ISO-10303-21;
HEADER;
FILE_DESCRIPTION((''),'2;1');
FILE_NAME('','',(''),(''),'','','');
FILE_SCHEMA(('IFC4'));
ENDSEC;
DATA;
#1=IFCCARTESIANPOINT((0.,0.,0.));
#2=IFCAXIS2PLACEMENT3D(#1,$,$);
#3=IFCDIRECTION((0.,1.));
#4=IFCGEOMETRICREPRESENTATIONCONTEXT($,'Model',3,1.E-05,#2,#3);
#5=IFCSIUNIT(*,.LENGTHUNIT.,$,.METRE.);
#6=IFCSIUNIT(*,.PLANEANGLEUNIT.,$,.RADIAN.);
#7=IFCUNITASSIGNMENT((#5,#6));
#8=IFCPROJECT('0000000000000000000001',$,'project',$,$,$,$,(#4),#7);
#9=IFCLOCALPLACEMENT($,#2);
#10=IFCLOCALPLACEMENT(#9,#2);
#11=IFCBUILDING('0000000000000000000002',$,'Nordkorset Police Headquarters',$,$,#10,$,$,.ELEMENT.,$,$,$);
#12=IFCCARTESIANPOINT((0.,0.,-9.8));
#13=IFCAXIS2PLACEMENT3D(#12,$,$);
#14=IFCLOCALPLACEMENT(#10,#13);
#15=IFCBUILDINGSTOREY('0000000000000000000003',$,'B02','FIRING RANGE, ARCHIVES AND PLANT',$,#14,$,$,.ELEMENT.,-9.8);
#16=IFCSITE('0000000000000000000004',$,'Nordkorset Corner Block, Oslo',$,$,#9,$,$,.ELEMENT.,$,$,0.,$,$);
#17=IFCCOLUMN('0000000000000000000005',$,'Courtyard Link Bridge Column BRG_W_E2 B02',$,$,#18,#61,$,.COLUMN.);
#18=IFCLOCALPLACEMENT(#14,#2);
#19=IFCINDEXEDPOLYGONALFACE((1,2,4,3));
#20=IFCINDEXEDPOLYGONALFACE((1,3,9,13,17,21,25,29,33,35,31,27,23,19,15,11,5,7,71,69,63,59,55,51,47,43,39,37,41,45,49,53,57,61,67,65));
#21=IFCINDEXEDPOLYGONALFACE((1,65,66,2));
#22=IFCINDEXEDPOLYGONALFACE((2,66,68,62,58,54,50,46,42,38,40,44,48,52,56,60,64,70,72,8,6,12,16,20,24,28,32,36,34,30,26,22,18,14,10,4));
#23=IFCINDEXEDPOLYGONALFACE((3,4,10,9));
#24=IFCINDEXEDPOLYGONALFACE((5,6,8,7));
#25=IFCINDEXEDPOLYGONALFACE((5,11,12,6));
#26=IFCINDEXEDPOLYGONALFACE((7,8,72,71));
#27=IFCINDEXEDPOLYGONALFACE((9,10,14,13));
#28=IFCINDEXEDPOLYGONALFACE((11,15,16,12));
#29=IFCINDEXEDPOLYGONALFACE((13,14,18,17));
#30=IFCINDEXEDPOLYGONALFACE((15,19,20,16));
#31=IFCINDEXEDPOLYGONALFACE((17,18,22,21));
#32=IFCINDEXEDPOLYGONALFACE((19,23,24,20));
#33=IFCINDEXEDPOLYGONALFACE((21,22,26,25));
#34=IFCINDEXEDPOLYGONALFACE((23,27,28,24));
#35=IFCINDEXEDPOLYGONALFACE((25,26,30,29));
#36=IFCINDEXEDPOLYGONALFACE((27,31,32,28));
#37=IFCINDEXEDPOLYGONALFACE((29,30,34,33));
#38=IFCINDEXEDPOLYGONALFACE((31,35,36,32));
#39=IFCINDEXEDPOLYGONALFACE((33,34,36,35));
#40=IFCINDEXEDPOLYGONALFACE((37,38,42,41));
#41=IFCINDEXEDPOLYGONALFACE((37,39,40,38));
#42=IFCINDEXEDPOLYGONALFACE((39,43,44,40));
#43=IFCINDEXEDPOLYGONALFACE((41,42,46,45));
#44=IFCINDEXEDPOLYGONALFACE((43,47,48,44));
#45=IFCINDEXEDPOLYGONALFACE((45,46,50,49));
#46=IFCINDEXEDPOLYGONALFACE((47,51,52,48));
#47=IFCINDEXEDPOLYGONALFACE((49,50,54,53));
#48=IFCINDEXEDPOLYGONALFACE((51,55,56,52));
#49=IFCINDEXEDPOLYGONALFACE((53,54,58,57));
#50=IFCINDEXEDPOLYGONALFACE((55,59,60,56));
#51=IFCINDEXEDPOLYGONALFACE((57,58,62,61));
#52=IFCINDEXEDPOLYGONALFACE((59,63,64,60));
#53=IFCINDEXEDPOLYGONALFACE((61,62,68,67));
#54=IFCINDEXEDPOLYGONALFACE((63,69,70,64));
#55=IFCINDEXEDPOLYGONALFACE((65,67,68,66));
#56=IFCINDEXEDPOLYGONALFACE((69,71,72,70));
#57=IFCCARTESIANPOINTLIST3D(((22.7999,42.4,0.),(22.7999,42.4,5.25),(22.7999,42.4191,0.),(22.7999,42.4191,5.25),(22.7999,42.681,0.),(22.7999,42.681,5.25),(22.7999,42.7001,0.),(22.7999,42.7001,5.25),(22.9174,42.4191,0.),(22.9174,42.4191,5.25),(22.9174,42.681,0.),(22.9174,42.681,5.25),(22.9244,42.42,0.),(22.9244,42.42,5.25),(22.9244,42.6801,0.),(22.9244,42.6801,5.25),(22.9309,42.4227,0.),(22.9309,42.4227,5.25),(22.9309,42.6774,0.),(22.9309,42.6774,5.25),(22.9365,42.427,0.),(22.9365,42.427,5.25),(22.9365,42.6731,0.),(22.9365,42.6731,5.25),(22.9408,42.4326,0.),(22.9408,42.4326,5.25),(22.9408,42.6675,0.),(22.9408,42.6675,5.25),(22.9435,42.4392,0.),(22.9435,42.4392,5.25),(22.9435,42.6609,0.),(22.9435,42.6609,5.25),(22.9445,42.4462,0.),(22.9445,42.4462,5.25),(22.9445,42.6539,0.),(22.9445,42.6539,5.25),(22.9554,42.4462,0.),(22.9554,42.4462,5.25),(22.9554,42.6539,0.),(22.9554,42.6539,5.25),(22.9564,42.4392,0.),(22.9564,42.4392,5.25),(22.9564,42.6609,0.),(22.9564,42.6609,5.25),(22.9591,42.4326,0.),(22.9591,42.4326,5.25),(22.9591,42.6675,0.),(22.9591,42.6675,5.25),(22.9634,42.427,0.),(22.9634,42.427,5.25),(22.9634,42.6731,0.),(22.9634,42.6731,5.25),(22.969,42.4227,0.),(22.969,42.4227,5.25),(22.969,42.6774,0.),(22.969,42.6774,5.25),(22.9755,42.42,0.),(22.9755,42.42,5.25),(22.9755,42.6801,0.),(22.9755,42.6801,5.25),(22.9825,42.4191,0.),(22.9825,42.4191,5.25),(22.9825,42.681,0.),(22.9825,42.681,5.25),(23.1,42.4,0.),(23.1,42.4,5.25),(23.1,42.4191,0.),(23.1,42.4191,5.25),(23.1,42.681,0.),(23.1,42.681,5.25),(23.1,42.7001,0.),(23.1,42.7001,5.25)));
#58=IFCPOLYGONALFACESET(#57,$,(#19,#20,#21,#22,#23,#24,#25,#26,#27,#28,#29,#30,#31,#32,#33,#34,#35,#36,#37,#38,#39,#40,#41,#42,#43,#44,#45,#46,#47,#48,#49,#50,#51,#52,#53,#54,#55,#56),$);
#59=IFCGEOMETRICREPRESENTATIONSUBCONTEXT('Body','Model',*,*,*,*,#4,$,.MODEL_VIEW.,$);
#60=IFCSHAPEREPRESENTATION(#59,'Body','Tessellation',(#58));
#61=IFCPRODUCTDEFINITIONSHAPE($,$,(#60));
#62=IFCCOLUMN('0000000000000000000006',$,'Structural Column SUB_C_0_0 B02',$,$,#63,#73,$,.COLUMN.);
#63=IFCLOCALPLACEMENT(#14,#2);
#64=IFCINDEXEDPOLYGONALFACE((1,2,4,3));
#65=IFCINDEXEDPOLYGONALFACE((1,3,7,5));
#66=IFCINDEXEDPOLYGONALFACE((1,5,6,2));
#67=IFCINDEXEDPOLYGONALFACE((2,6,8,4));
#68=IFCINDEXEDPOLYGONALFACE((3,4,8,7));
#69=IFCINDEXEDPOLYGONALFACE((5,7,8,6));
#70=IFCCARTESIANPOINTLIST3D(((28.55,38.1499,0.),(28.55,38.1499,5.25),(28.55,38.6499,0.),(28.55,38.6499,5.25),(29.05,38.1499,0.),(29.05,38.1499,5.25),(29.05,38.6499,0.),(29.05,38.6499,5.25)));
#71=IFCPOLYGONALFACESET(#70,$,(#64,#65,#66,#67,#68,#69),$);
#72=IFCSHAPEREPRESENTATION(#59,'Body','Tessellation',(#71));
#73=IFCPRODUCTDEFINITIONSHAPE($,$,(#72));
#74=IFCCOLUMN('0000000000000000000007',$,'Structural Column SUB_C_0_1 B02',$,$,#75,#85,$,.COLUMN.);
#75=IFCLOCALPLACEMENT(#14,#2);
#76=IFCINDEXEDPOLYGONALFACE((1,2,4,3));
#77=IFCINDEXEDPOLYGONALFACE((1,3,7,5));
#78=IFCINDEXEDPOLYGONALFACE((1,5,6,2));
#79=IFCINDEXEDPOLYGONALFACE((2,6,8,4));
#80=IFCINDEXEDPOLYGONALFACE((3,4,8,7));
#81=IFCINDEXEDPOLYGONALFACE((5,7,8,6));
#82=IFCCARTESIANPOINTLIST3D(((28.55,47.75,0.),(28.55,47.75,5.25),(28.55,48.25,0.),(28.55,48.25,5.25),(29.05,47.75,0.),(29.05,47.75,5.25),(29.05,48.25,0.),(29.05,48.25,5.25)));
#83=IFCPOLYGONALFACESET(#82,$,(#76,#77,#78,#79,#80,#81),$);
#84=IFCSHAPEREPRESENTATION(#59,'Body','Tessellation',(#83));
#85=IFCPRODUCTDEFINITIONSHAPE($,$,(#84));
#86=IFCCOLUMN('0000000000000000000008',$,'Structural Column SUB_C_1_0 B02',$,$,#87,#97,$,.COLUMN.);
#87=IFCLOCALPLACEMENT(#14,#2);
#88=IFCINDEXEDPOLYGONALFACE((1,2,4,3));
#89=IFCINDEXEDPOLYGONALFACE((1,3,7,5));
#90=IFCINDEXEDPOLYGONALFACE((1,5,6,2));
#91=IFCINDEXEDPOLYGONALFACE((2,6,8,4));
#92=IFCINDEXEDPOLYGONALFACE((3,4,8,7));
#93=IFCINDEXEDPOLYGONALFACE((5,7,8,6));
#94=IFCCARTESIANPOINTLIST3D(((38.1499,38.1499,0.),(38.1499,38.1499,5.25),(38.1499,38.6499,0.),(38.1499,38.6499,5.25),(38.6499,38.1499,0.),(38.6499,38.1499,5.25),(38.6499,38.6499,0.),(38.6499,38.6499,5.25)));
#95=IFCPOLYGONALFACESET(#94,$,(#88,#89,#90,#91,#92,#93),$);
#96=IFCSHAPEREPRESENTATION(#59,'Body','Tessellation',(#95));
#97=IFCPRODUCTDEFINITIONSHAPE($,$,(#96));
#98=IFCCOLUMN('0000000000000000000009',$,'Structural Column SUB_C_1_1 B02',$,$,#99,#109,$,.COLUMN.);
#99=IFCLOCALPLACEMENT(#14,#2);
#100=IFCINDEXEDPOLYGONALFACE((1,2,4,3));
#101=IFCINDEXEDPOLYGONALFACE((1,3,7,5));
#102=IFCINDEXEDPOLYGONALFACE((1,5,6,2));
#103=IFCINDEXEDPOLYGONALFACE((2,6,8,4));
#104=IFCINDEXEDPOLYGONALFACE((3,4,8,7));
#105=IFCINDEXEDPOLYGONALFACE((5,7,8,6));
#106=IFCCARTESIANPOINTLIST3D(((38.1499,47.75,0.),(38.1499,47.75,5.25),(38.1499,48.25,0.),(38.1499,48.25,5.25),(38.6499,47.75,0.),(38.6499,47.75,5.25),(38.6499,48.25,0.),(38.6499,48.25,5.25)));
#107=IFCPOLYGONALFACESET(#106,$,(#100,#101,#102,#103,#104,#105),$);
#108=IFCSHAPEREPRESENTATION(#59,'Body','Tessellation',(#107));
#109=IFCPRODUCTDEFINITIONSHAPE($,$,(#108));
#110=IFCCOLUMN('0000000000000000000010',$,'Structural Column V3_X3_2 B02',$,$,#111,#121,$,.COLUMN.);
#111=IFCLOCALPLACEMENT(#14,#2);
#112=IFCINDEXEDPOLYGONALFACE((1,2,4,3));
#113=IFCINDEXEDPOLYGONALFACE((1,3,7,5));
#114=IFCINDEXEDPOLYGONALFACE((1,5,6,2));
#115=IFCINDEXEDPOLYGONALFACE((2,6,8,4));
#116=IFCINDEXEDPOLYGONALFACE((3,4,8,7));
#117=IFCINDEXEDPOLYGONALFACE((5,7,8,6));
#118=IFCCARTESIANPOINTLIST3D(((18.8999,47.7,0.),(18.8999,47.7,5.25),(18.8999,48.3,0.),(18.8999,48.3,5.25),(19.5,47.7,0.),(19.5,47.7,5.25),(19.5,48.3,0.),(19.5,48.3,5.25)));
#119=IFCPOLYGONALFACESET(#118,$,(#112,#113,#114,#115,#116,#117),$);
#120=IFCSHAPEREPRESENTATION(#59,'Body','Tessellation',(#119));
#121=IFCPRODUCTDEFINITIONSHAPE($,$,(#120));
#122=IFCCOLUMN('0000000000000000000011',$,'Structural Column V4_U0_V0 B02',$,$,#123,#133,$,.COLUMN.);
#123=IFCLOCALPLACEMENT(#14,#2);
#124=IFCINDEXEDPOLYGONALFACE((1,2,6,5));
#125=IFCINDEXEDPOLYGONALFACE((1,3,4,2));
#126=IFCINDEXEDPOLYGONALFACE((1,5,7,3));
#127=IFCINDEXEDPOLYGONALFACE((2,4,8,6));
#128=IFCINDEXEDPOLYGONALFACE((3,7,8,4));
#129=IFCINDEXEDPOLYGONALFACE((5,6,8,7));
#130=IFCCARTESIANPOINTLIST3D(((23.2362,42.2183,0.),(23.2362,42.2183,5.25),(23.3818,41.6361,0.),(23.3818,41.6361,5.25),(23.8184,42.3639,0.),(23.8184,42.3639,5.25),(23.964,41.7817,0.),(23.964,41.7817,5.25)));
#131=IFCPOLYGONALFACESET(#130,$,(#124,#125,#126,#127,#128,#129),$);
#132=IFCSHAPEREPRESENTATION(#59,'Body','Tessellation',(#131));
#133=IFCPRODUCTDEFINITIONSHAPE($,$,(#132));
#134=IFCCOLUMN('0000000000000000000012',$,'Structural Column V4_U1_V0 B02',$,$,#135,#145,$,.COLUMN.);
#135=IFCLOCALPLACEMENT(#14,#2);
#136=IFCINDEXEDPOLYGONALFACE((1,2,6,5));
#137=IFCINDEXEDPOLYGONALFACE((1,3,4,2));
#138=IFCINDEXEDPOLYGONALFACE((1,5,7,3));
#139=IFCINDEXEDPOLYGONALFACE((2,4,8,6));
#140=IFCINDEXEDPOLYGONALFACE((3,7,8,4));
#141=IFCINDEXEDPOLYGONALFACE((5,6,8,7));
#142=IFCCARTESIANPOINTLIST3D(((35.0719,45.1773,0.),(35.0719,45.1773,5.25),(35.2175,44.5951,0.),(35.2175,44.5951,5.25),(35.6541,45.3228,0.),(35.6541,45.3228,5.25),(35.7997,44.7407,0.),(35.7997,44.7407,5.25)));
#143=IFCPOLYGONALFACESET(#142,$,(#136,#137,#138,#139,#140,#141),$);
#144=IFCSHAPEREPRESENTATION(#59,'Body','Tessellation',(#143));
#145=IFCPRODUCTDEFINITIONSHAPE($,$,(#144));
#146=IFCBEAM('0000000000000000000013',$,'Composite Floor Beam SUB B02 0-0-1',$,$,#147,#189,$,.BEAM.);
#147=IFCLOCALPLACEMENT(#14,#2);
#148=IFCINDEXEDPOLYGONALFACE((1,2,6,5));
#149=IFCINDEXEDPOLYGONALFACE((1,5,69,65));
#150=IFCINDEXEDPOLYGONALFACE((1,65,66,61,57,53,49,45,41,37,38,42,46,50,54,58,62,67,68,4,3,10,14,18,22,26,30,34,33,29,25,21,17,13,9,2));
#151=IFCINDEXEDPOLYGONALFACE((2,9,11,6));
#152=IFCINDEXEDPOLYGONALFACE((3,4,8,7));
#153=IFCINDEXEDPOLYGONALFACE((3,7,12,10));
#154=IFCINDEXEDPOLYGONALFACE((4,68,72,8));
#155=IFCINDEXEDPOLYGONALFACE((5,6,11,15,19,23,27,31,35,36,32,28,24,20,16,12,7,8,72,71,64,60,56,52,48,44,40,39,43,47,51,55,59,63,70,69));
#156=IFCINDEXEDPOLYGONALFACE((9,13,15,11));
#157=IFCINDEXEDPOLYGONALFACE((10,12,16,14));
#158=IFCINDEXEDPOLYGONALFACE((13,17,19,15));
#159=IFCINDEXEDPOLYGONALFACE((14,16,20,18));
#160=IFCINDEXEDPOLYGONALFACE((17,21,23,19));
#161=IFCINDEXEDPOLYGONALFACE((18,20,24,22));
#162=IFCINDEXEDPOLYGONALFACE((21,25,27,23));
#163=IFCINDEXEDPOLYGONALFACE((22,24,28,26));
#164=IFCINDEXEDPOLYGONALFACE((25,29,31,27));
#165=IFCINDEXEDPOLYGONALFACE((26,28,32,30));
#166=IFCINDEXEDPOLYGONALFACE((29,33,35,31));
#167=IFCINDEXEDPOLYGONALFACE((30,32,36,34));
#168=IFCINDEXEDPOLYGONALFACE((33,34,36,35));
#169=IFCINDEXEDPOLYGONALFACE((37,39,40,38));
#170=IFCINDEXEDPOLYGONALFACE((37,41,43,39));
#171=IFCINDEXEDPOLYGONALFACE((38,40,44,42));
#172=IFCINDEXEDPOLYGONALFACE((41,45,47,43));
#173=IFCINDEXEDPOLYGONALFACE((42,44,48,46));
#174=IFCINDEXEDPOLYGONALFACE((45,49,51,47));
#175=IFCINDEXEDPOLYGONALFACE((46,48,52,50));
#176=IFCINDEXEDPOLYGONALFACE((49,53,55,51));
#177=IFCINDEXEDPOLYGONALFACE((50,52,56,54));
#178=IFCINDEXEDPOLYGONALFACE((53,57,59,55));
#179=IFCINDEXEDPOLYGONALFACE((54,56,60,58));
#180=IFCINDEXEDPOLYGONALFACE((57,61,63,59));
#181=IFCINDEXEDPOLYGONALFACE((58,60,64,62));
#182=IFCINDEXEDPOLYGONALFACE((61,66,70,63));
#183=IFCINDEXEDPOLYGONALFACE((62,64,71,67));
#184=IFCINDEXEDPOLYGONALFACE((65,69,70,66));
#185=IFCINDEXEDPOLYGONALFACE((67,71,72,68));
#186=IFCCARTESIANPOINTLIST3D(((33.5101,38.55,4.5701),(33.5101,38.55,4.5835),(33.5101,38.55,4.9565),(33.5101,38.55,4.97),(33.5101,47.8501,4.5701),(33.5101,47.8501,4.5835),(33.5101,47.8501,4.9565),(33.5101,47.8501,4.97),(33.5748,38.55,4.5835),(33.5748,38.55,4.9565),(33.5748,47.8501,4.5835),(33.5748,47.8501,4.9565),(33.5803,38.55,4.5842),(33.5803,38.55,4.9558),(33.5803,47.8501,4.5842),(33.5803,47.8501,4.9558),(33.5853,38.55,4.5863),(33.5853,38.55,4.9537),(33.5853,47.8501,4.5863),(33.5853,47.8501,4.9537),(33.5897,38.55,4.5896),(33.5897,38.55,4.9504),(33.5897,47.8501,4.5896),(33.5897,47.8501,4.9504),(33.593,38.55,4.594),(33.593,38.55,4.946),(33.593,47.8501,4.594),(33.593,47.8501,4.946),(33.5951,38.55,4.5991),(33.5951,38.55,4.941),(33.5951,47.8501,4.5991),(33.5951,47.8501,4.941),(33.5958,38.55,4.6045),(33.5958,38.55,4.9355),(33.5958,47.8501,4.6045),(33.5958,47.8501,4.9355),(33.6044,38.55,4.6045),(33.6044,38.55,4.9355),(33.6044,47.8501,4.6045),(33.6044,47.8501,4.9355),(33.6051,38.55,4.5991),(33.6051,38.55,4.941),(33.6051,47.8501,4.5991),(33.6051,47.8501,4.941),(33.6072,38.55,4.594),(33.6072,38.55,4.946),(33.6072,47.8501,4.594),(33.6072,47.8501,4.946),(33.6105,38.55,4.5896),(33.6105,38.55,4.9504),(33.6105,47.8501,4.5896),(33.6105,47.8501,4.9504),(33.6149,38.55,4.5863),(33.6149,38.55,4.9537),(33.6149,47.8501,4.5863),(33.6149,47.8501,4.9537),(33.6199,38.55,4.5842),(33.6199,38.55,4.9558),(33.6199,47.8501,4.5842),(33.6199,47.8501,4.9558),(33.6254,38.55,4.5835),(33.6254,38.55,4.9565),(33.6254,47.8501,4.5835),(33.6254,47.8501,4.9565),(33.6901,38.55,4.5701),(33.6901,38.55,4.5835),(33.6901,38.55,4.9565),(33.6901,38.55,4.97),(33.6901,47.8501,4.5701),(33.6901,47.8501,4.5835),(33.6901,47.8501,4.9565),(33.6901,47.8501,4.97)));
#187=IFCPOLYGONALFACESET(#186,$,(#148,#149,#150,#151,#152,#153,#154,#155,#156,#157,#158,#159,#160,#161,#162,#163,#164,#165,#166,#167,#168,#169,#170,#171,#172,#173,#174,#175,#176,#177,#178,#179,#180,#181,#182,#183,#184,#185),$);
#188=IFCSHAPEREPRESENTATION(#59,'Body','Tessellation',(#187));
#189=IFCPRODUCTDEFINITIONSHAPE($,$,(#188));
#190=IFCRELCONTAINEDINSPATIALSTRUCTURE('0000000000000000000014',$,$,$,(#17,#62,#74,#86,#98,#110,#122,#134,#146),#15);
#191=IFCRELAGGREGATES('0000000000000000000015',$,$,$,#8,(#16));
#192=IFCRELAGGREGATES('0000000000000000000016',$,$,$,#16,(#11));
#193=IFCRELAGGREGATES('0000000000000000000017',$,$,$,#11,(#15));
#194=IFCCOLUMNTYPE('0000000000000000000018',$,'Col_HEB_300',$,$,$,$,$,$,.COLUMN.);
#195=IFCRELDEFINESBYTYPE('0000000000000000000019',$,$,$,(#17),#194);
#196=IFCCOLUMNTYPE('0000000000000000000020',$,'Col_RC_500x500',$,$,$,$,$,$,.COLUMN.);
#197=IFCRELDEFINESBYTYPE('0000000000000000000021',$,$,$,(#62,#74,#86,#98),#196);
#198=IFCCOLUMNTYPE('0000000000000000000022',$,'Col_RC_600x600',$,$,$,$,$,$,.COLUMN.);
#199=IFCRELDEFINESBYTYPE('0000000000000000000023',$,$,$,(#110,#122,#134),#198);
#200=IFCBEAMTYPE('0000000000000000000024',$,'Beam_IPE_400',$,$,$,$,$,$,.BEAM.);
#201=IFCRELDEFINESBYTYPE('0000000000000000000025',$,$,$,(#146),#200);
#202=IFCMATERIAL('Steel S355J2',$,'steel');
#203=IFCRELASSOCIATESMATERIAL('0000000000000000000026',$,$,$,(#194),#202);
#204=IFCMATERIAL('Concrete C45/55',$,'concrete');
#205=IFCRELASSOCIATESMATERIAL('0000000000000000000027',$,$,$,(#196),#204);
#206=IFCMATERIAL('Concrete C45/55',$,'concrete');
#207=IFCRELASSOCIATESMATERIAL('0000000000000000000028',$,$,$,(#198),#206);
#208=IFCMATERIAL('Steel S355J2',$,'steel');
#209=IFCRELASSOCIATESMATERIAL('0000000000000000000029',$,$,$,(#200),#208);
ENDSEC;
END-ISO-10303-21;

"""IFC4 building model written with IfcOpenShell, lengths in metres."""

from ifc_helpers import new_model, si_unit, direction, frame, origin, origin_2d, place, context, subcontext, project, spatial, rectangle, i_section, extrude, material, material_profile, profile_set, type_object, element, save


model = new_model("IFC4")

# Units and contexts
model_context = context("Model", 3, precision=1e-05, world=origin(), true_north=direction((0.0, 1.0)))
body_context = subcontext(model_context, "Body", "Model", "MODEL_VIEW")
ifc_project = project(units=[si_unit("LENGTHUNIT", "METRE"), si_unit("PLANEANGLEUNIT", "RADIAN")], contexts=[model_context])

# Site, building, storey
site_placement = place(None, origin())
site = spatial("IfcSite", under=ifc_project, at=site_placement, Name="Nordkorset Corner Block, Oslo", CompositionType="ELEMENT", RefElevation=0.0)
building_placement = place(site_placement, origin())
building = spatial("IfcBuilding", under=site, at=building_placement, Name="Nordkorset Police Headquarters", CompositionType="ELEMENT")
storey_placement = place(building_placement, frame((0.0, 0.0, -9.8)))
storey = spatial("IfcBuildingStorey", under=building, at=storey_placement, Name="B02", Description="FIRING RANGE, ARCHIVES AND PLANT", CompositionType="ELEMENT", Elevation=-9.8)

# Columns
ifc_material_1 = material(Name="Steel S355J2", Category="steel")
ifc_material_profile_1 = material_profile(ifc_material_1, i_section(OverallWidth=0.3, OverallDepth=0.3, WebThickness=0.011, FlangeThickness=0.019, FilletRadius=0.0271, at=origin_2d()), Name="HEB 300")
ifc_profile_set_1 = profile_set([ifc_material_profile_1], Name="Steel S355J2")
column_type_1 = type_object("IfcColumnType", Name="Col_HEB_300", PredefinedType="COLUMN", material=ifc_profile_set_1)
for number, where, z_axis, x_axis, name in (
    (1, (22.95, 42.55, 0.0), (0.0, 0.0, 1.0), (1.0, 0.0, 0.0), "Courtyard Link Bridge Column BRG_W_E2 B02"),
):
    element("IfcColumn", number, at=place(storey_placement, frame(where, z_axis=z_axis, x_axis=x_axis)), inside=storey, type_object=column_type_1, Name=name, PredefinedType="COLUMN", context=body_context, shape_type="SweptSolid", body=[
        extrude(i_section(OverallWidth=0.3, OverallDepth=0.3, WebThickness=0.011, FlangeThickness=0.019, FilletRadius=0.0271, at=origin_2d()), origin(), (0.0, 0.0, 1.0), 5.25),
    ])
ifc_material_2 = material(Name="Concrete C45/55", Category="concrete")
ifc_material_profile_2 = material_profile(ifc_material_2, rectangle(XDim=0.5, YDim=0.5, at=origin_2d()), Name="RC 500x500")
ifc_profile_set_2 = profile_set([ifc_material_profile_2], Name="Concrete C45/55")
column_type_2 = type_object("IfcColumnType", Name="Col_RC_500x500", PredefinedType="COLUMN", material=ifc_profile_set_2)
for number, where, z_axis, x_axis, name in (
    (2, (28.8, 38.3999, 0.0), (0.0, 0.0, 1.0), (1.0, 0.0, 0.0), "Structural Column SUB_C_0_0 B02"),
    (3, (28.8, 48.0, 0.0), (0.0, 0.0, 1.0), (1.0, 0.0, 0.0), "Structural Column SUB_C_0_1 B02"),
    (4, (38.3999, 38.3999, 0.0), (0.0, 0.0, 1.0), (1.0, 0.0, 0.0), "Structural Column SUB_C_1_0 B02"),
    (5, (38.3999, 48.0, 0.0), (0.0, 0.0, 1.0), (1.0, 0.0, 0.0), "Structural Column SUB_C_1_1 B02"),
):
    element("IfcColumn", number, at=place(storey_placement, frame(where, z_axis=z_axis, x_axis=x_axis)), inside=storey, type_object=column_type_2, Name=name, PredefinedType="COLUMN", context=body_context, shape_type="SweptSolid", body=[
        extrude(rectangle(XDim=0.5, YDim=0.5, at=origin_2d()), origin(), (0.0, 0.0, 1.0), 5.25),
    ])
ifc_material_3 = material(Name="Concrete C45/55", Category="concrete")
ifc_material_profile_3 = material_profile(ifc_material_3, rectangle(XDim=0.6001, YDim=0.6001, at=origin_2d()), Name="RC 600x600")
ifc_profile_set_3 = profile_set([ifc_material_profile_3], Name="Concrete C45/55")
column_type_3 = type_object("IfcColumnType", Name="Col_RC_600x600", PredefinedType="COLUMN", material=ifc_profile_set_3)
for number, where, z_axis, x_axis, name in (
    (6, (19.2, 48.0, 0.0), (0.0, 0.0, 1.0), (1.0, 0.0, 0.0), "Structural Column V3_X3_2 B02"),
    (7, (23.6001, 42.0, 0.0), (0.0, 0.0, 1.0), (0.970143, 0.242536, 0.0), "Structural Column V4_U0_V0 B02"),
    (8, (35.4358, 44.959, 0.0), (0.0, 0.0, 1.0), (0.970143, 0.242536, 0.0), "Structural Column V4_U1_V0 B02"),
):
    element("IfcColumn", number, at=place(storey_placement, frame(where, z_axis=z_axis, x_axis=x_axis)), inside=storey, type_object=column_type_3, Name=name, PredefinedType="COLUMN", context=body_context, shape_type="SweptSolid", body=[
        extrude(rectangle(XDim=0.6001, YDim=0.6001, at=origin_2d()), origin(), (0.0, 0.0, 1.0), 5.25),
    ])

# Beam
ifc_material_4 = material(Name="Steel S355J2", Category="steel")
ifc_material_profile_4 = material_profile(ifc_material_4, i_section(OverallWidth=0.1799, OverallDepth=0.3999, WebThickness=0.0085, FlangeThickness=0.0134, FilletRadius=0.021, at=origin_2d()), Name="IPE 400")
ifc_profile_set_4 = profile_set([ifc_material_profile_4], Name="Steel S355J2")
beam_type_1 = type_object("IfcBeamType", Name="Beam_IPE_400", PredefinedType="BEAM", material=ifc_profile_set_4)
for number, where, z_axis, x_axis, name in (
    (9, (33.6001, 38.55, 4.77), (0.0, 1.0, 0.0), (-1.0, 0.0, 0.0), "Composite Floor Beam SUB B02 0-0-1"),
):
    element("IfcBeam", number, at=place(storey_placement, frame(where, z_axis=z_axis, x_axis=x_axis)), inside=storey, type_object=beam_type_1, Name=name, PredefinedType="BEAM", context=body_context, shape_type="SweptSolid", body=[
        extrude(i_section(OverallWidth=0.1799, OverallDepth=0.3999, WebThickness=0.0085, FlangeThickness=0.0134, FilletRadius=0.021, at=origin_2d()), origin(), (0.0, 0.0, 1.0), 9.3),
    ])

save(model, "model.ifc")
